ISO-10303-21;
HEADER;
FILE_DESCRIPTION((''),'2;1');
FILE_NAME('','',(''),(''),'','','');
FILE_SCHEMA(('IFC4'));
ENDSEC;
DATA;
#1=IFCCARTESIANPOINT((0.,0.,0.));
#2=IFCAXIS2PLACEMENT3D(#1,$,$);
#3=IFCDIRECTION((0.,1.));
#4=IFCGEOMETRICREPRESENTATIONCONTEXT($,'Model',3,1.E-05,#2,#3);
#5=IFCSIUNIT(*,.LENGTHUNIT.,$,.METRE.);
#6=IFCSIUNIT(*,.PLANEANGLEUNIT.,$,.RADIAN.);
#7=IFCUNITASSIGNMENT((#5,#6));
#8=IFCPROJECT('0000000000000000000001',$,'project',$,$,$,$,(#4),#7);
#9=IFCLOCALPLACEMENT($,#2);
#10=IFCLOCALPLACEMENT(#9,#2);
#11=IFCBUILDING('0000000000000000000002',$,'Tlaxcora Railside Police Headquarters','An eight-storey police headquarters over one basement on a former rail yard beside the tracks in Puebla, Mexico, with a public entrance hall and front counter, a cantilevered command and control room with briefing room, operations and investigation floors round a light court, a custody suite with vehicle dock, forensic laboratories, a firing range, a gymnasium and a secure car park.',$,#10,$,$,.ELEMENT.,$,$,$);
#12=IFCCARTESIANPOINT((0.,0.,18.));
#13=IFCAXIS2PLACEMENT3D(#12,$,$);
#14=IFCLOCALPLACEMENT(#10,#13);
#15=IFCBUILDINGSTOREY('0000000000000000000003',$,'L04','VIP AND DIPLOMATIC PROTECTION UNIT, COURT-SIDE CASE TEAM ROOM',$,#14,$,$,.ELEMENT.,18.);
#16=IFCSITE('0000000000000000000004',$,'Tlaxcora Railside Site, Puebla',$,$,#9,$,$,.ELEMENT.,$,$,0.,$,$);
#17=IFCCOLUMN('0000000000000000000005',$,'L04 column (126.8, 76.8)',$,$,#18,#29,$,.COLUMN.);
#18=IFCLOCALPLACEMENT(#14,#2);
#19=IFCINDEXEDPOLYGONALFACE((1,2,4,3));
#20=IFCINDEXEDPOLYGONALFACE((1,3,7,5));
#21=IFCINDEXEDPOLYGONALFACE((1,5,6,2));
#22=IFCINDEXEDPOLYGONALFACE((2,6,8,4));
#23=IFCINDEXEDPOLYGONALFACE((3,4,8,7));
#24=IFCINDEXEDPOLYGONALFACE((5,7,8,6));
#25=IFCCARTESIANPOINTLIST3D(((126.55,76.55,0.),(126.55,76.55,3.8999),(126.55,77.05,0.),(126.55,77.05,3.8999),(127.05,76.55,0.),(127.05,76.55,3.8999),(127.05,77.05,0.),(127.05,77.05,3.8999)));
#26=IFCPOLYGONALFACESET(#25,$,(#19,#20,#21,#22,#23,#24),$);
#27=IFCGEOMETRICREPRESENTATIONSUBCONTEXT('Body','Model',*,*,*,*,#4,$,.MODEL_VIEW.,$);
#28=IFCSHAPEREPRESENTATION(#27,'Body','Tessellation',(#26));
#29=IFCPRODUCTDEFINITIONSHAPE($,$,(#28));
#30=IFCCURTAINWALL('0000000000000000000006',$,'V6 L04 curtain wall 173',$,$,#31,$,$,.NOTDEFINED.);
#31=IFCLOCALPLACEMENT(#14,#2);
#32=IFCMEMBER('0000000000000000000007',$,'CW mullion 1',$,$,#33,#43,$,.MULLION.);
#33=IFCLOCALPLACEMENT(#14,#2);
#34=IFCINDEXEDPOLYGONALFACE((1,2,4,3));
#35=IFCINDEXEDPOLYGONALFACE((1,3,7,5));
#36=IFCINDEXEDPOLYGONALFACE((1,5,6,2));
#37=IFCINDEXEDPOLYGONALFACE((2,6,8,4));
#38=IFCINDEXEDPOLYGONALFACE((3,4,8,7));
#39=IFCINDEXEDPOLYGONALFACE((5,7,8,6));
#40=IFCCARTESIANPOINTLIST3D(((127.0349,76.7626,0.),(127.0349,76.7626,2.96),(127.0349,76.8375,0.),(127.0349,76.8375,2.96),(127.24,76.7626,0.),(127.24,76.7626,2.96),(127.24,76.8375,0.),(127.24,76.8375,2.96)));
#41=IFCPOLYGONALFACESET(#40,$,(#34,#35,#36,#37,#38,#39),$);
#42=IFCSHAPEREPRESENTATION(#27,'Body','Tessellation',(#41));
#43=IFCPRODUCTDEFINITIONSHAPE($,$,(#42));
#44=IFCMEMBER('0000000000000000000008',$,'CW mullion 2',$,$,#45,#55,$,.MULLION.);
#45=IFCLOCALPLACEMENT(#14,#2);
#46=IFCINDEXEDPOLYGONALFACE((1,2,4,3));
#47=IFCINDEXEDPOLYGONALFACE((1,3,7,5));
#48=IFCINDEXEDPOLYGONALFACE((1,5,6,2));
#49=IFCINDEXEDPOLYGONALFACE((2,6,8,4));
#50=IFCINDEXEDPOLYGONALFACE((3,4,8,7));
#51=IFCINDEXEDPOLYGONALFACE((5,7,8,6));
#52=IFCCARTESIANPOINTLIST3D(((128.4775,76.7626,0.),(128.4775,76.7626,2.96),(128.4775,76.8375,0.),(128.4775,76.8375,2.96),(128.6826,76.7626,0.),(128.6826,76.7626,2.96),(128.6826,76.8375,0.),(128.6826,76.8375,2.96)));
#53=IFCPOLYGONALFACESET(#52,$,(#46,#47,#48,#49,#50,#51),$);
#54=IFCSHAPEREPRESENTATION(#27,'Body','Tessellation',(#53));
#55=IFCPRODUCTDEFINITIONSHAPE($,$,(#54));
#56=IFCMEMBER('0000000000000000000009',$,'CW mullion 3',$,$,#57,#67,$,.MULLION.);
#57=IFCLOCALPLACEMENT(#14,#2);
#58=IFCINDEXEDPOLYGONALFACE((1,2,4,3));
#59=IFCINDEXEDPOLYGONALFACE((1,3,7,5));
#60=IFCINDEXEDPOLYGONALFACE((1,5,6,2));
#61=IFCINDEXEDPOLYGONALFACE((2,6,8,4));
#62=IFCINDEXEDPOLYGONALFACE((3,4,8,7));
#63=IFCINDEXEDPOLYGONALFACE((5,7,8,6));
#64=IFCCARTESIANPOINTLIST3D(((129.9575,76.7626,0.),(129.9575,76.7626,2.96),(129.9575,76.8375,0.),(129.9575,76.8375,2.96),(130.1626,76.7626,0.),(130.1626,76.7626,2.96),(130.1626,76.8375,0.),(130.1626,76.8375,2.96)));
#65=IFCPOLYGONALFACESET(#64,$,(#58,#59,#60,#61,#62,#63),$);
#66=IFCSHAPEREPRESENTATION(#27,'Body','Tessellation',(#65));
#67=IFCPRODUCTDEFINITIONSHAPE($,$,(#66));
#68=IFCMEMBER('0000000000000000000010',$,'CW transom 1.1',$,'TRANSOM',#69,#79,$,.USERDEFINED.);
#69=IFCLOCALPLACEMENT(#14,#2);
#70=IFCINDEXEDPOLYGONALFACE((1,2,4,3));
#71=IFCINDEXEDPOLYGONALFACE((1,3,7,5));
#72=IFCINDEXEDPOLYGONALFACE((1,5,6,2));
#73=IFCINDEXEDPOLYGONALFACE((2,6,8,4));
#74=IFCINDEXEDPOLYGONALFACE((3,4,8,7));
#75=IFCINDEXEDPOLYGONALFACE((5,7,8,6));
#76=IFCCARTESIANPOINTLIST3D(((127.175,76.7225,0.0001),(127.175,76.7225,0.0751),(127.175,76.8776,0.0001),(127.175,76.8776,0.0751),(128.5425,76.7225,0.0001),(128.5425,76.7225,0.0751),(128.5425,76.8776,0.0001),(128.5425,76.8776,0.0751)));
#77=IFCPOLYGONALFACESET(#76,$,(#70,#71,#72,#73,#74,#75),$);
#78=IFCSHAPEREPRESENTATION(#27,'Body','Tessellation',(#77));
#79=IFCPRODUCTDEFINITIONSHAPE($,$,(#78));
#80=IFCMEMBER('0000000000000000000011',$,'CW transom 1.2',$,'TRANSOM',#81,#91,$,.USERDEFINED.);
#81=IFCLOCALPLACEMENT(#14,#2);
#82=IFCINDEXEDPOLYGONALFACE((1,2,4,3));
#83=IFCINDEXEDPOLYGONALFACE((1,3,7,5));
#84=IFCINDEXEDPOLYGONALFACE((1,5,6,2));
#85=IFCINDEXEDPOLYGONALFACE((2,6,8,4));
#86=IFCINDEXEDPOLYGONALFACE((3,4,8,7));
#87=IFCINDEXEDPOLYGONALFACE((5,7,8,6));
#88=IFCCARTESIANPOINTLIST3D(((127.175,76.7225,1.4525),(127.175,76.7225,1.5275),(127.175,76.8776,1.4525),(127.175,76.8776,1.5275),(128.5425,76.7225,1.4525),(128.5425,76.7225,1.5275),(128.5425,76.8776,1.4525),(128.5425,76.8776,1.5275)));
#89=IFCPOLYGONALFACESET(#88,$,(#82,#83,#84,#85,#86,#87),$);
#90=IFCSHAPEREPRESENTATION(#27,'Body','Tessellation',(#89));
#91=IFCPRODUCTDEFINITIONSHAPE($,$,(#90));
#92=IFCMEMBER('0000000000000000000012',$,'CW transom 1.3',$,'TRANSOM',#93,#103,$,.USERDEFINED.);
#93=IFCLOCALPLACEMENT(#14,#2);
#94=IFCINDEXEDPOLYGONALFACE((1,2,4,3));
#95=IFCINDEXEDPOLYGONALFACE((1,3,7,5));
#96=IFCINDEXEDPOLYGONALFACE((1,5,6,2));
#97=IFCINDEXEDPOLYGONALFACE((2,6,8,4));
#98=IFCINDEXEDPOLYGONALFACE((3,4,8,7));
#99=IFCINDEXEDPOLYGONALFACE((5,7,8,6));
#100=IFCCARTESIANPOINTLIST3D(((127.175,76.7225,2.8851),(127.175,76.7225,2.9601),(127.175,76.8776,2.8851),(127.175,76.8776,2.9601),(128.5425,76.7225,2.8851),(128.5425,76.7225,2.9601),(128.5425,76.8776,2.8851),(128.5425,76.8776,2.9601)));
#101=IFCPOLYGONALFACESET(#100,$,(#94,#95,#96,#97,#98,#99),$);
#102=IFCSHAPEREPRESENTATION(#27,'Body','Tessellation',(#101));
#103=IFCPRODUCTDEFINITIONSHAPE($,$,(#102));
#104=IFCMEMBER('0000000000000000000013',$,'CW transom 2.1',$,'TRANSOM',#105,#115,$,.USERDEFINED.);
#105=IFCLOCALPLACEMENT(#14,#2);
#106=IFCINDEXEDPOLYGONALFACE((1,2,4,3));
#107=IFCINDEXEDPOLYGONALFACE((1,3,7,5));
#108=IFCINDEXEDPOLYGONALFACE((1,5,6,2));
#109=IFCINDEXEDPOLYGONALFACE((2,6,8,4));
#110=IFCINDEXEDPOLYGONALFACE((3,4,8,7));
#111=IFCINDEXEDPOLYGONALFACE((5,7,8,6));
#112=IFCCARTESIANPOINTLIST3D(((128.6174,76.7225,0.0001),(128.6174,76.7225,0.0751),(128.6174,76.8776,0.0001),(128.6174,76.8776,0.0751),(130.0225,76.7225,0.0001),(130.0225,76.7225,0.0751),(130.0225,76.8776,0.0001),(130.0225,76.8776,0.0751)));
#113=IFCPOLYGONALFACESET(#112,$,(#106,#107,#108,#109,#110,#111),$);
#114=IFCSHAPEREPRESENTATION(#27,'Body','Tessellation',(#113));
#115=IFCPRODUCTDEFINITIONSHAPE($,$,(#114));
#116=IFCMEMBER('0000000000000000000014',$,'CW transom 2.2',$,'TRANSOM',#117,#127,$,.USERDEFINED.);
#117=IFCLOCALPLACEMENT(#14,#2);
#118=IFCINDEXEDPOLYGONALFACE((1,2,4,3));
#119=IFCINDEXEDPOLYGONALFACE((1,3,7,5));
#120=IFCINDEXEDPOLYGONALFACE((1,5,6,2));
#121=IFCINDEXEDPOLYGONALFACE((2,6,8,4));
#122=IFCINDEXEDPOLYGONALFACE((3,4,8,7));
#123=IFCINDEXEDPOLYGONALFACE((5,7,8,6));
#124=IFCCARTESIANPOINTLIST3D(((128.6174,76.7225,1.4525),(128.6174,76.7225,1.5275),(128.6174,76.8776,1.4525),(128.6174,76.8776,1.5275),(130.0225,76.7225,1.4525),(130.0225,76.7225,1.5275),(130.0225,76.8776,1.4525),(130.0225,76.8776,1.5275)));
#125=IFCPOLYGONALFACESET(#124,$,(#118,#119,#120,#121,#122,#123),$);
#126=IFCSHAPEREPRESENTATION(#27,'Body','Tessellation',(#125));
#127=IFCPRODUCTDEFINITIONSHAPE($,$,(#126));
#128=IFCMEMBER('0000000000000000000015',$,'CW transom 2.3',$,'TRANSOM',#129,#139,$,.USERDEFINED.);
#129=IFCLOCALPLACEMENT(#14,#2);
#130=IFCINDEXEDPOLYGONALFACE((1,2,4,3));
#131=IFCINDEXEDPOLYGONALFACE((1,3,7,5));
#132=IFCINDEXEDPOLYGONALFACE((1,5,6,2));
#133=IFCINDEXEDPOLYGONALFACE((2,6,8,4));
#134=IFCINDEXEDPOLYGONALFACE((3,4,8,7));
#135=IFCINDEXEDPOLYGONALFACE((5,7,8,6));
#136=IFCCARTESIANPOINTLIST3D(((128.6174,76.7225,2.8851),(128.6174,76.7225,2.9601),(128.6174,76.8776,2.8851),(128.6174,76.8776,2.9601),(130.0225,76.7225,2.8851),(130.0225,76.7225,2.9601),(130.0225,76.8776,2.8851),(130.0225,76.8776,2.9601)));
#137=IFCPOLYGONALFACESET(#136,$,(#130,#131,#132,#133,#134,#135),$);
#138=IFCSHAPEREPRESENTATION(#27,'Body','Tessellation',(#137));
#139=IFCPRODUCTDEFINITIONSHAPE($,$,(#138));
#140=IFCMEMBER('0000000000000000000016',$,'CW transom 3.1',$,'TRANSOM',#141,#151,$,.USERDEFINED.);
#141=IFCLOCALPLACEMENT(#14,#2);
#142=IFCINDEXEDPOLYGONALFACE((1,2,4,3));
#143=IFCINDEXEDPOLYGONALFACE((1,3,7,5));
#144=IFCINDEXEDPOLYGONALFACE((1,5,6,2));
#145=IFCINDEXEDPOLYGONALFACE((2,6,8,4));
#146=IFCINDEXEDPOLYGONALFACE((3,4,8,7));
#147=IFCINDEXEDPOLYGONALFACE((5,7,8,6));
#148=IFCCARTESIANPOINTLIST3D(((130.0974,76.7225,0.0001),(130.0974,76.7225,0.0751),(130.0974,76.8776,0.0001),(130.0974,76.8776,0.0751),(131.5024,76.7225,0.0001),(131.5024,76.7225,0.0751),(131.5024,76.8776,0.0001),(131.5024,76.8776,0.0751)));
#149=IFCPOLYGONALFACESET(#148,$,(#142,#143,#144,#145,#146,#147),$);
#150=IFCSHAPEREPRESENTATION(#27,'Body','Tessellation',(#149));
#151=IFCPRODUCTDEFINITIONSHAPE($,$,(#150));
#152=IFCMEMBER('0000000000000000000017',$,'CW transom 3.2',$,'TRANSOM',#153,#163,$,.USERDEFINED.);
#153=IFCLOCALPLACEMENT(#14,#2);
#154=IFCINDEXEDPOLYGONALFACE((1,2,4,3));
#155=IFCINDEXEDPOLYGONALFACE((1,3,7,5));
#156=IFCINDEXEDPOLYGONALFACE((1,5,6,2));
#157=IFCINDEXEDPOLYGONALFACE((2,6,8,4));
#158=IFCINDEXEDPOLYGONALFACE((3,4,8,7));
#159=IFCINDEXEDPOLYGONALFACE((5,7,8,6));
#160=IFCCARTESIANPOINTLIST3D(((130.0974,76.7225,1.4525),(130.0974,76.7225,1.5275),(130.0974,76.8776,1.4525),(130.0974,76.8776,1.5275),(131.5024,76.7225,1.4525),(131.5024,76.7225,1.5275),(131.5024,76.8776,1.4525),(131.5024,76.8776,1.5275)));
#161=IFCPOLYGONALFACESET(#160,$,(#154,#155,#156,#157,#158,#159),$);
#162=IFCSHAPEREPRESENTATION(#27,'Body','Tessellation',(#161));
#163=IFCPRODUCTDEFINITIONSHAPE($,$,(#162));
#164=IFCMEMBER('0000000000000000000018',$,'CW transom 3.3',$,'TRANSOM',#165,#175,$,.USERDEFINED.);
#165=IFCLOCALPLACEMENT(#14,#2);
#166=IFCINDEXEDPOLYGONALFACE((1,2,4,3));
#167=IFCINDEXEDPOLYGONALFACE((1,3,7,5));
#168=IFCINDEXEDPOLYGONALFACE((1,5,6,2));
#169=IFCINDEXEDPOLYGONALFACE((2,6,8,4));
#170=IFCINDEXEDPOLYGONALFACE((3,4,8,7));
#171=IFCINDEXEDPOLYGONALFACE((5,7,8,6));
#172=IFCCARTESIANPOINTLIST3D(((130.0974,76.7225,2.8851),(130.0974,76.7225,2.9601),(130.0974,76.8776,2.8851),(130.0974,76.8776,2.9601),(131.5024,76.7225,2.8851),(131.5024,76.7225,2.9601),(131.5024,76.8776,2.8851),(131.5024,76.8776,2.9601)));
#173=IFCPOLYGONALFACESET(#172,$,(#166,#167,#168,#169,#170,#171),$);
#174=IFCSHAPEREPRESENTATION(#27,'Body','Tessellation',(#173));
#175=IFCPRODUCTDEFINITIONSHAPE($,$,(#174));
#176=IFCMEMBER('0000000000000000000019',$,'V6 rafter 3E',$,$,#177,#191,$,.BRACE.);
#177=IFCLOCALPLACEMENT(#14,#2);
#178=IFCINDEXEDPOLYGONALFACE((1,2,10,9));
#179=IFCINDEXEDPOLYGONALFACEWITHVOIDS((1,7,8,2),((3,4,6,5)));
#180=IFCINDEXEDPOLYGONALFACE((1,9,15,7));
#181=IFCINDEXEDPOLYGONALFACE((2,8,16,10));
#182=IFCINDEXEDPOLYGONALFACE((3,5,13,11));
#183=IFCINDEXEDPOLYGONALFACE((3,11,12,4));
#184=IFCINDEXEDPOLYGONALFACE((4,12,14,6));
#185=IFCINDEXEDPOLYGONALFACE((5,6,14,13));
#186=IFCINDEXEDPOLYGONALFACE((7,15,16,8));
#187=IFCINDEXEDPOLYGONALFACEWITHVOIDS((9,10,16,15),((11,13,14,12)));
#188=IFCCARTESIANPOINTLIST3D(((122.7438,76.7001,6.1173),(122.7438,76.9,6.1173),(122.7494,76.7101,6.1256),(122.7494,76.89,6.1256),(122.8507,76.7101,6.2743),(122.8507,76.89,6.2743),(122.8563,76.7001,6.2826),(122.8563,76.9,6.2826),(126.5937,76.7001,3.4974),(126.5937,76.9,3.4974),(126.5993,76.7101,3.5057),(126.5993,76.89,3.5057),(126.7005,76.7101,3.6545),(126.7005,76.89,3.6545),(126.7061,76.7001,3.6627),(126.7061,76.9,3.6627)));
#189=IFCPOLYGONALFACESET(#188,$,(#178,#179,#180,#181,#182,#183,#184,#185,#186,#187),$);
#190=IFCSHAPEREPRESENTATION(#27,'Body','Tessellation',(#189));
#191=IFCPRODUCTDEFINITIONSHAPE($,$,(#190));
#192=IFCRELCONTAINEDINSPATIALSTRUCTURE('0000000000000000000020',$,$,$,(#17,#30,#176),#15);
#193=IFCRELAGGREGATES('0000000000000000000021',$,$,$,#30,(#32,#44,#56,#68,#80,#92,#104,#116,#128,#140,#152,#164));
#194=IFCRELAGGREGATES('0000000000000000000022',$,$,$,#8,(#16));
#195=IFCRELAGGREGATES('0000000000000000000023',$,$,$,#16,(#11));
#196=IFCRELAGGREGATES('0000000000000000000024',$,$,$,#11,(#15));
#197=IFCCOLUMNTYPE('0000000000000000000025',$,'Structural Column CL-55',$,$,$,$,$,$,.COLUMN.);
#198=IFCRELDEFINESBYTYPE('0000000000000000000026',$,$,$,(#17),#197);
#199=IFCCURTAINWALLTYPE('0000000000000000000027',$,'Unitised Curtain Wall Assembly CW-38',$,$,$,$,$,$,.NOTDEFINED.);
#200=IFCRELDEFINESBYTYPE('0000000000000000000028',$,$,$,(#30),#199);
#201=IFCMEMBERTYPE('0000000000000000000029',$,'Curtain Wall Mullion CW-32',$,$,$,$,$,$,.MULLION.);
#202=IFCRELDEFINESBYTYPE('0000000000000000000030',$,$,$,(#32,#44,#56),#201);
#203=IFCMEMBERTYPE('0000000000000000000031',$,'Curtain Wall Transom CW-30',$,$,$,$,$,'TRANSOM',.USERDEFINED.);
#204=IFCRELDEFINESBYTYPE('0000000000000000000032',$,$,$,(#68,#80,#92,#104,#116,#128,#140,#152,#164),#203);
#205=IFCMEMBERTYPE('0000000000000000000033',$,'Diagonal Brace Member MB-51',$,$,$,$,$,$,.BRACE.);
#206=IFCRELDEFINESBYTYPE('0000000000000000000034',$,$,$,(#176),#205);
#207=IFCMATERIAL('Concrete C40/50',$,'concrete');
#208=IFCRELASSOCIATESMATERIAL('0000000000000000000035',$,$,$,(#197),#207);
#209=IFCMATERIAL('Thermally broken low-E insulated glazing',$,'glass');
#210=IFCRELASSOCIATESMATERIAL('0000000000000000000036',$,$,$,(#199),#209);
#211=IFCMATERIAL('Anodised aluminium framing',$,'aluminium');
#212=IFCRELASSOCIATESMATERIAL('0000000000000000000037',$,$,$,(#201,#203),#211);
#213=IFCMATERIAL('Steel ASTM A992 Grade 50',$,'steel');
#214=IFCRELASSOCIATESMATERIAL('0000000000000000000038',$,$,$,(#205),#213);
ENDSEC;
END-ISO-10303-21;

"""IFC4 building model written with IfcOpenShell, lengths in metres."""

from ifc_helpers import new_model, si_unit, direction, frame, origin, origin_2d, place, context, subcontext, project, spatial, rectangle, hollow_rectangle, extrude, material, material_profile, profile_set, type_object, element, aggregate, save


model = new_model("IFC4")

# Units and contexts
model_context = context("Model", 3, precision=1e-05, world=origin(), true_north=direction((0.0, 1.0)))
body_context = subcontext(model_context, "Body", "Model", "MODEL_VIEW")
ifc_project = project(units=[si_unit("LENGTHUNIT", "METRE"), si_unit("PLANEANGLEUNIT", "RADIAN")], contexts=[model_context])

# Site, building, storey
site_placement = place(None, origin())
site = spatial("IfcSite", under=ifc_project, at=site_placement, Name="Tlaxcora Railside Site, Puebla", CompositionType="ELEMENT", RefElevation=0.0)
building_placement = place(site_placement, origin())
building = spatial("IfcBuilding", under=site, at=building_placement, Name="Tlaxcora Railside Police Headquarters", Description="An eight-storey police headquarters over one basement on a former rail yard beside the tracks in Puebla, Mexico, with a public entrance hall and front counter, a cantilevered command and control room with briefing room, operations and investigation floors round a light court, a custody suite with vehicle dock, forensic laboratories, a firing range, a gymnasium and a secure car park.", CompositionType="ELEMENT")
storey_placement = place(building_placement, frame((0.0, 0.0, 18.0)))
storey = spatial("IfcBuildingStorey", under=building, at=storey_placement, Name="L04", Description="VIP AND DIPLOMATIC PROTECTION UNIT, COURT-SIDE CASE TEAM ROOM", CompositionType="ELEMENT", Elevation=18.0)

# Column
ifc_material_1 = material(Name="Concrete C40/50", Category="concrete")
ifc_material_profile_1 = material_profile(ifc_material_1, rectangle(XDim=0.5, YDim=0.5, at=origin_2d()), Name="RC500X500")
ifc_profile_set_1 = profile_set([ifc_material_profile_1], Name="Concrete C40/50")
column_type = type_object("IfcColumnType", Name="Structural Column CL-55", PredefinedType="COLUMN", material=ifc_profile_set_1)
column_placement = place(storey_placement, frame((126.8, 76.8, 0.0), z_axis=(0.0, 0.0, 1.0), x_axis=(1.0, 0.0, 0.0)))
element("IfcColumn", 1, at=column_placement, inside=storey, type_object=column_type, Name="L04 column (126.8, 76.8)", PredefinedType="COLUMN", context=body_context, shape_type="SweptSolid", body=[
    extrude(rectangle(XDim=0.5, YDim=0.5, at=origin_2d()), origin(), (0.0, 0.0, 1.0), 3.8999),
])

# Curtain wall, members
ifc_material_2 = material(Name="Thermally broken low-E insulated glazing", Category="glass")
curtain_wall_type = type_object("IfcCurtainWallType", Name="Unitised Curtain Wall Assembly CW-38", PredefinedType="NOTDEFINED", material=ifc_material_2)
curtain_wall_placement = place(storey_placement, origin())
curtain_wall = element("IfcCurtainWall", 2, at=curtain_wall_placement, inside=storey, type_object=curtain_wall_type, Name="V6 L04 curtain wall 173", PredefinedType="NOTDEFINED")
ifc_material_3 = material(Name="Anodised aluminium framing", Category="aluminium")
ifc_material_profile_2 = material_profile(ifc_material_3, rectangle(XDim=0.075, YDim=0.2051, at=origin_2d()), Name="AL75X205")
ifc_profile_set_2 = profile_set([ifc_material_profile_2], Name="Anodised aluminium framing")
member_type_1 = type_object("IfcMemberType", Name="Curtain Wall Mullion CW-32", PredefinedType="MULLION", material=ifc_profile_set_2)
member_1_placement = place(storey_placement, frame((127.1375, 76.8, 0.0), z_axis=(0.0, 0.0, 1.0), x_axis=(0.0, 1.0, 0.0)))
member_1 = element("IfcMember", 3, at=member_1_placement, type_object=member_type_1, Name="CW mullion 1", PredefinedType="MULLION", context=body_context, shape_type="SweptSolid", body=[
    extrude(rectangle(XDim=0.075, YDim=0.2051, at=origin_2d()), origin(), (0.0, 0.0, 1.0), 2.96),
])
member_2_placement = place(storey_placement, frame((128.5801, 76.8, 0.0), z_axis=(0.0, 0.0, 1.0), x_axis=(0.0, 1.0, 0.0)))
member_2 = element("IfcMember", 4, at=member_2_placement, type_object=member_type_1, Name="CW mullion 2", PredefinedType="MULLION", context=body_context, shape_type="SweptSolid", body=[
    extrude(rectangle(XDim=0.075, YDim=0.2051, at=origin_2d()), origin(), (0.0, 0.0, 1.0), 2.96),
])
member_3_placement = place(storey_placement, frame((130.0601, 76.8, 0.0), z_axis=(0.0, 0.0, 1.0), x_axis=(0.0, 1.0, 0.0)))
member_3 = element("IfcMember", 5, at=member_3_placement, type_object=member_type_1, Name="CW mullion 3", PredefinedType="MULLION", context=body_context, shape_type="SweptSolid", body=[
    extrude(rectangle(XDim=0.075, YDim=0.2051, at=origin_2d()), origin(), (0.0, 0.0, 1.0), 2.96),
])
ifc_material_profile_3 = material_profile(ifc_material_3, rectangle(XDim=0.155, YDim=0.075, at=origin_2d()), Name="AL75X155")
ifc_profile_set_3 = profile_set([ifc_material_profile_3], Name="Anodised aluminium framing")
member_type_2 = type_object("IfcMemberType", Name="Curtain Wall Transom CW-30", ElementType="TRANSOM", PredefinedType="USERDEFINED", material=ifc_profile_set_3)
member_4_placement = place(storey_placement, frame((127.175, 76.8, 0.0376), z_axis=(1.0, 0.0, 0.0), x_axis=(0.0, 1.0, 0.0)))
member_4 = element("IfcMember", 6, at=member_4_placement, type_object=member_type_2, Name="CW transom 1.1", ObjectType="TRANSOM", PredefinedType="USERDEFINED", context=body_context, shape_type="SweptSolid", body=[
    extrude(rectangle(XDim=0.155, YDim=0.075, at=origin_2d()), origin(), (0.0, 0.0, 1.0), 1.3674),
])
member_5_placement = place(storey_placement, frame((127.175, 76.8, 1.49), z_axis=(1.0, 0.0, 0.0), x_axis=(0.0, 1.0, 0.0)))
member_5 = element("IfcMember", 7, at=member_5_placement, type_object=member_type_2, Name="CW transom 1.2", ObjectType="TRANSOM", PredefinedType="USERDEFINED", context=body_context, shape_type="SweptSolid", body=[
    extrude(rectangle(XDim=0.155, YDim=0.075, at=origin_2d()), origin(), (0.0, 0.0, 1.0), 1.3674),
])
member_6_placement = place(storey_placement, frame((127.175, 76.8, 2.9226), z_axis=(1.0, 0.0, 0.0), x_axis=(0.0, 1.0, 0.0)))
member_6 = element("IfcMember", 8, at=member_6_placement, type_object=member_type_2, Name="CW transom 1.3", ObjectType="TRANSOM", PredefinedType="USERDEFINED", context=body_context, shape_type="SweptSolid", body=[
    extrude(rectangle(XDim=0.155, YDim=0.075, at=origin_2d()), origin(), (0.0, 0.0, 1.0), 1.3674),
])
member_7_placement = place(storey_placement, frame((128.6174, 76.8, 0.0376), z_axis=(1.0, 0.0, 0.0), x_axis=(0.0, 1.0, 0.0)))
member_7 = element("IfcMember", 9, at=member_7_placement, type_object=member_type_2, Name="CW transom 2.1", ObjectType="TRANSOM", PredefinedType="USERDEFINED", context=body_context, shape_type="SweptSolid", body=[
    extrude(rectangle(XDim=0.155, YDim=0.075, at=origin_2d()), origin(), (0.0, 0.0, 1.0), 1.405),
])
member_8_placement = place(storey_placement, frame((128.6174, 76.8, 1.49), z_axis=(1.0, 0.0, 0.0), x_axis=(0.0, 1.0, 0.0)))
member_8 = element("IfcMember", 10, at=member_8_placement, type_object=member_type_2, Name="CW transom 2.2", ObjectType="TRANSOM", PredefinedType="USERDEFINED", context=body_context, shape_type="SweptSolid", body=[
    extrude(rectangle(XDim=0.155, YDim=0.075, at=origin_2d()), origin(), (0.0, 0.0, 1.0), 1.405),
])
member_9_placement = place(storey_placement, frame((128.6174, 76.8, 2.9226), z_axis=(1.0, 0.0, 0.0), x_axis=(0.0, 1.0, 0.0)))
member_9 = element("IfcMember", 11, at=member_9_placement, type_object=member_type_2, Name="CW transom 2.3", ObjectType="TRANSOM", PredefinedType="USERDEFINED", context=body_context, shape_type="SweptSolid", body=[
    extrude(rectangle(XDim=0.155, YDim=0.075, at=origin_2d()), origin(), (0.0, 0.0, 1.0), 1.405),
])
member_10_placement = place(storey_placement, frame((130.0974, 76.8, 0.0376), z_axis=(1.0, 0.0, 0.0), x_axis=(0.0, 1.0, 0.0)))
member_10 = element("IfcMember", 12, at=member_10_placement, type_object=member_type_2, Name="CW transom 3.1", ObjectType="TRANSOM", PredefinedType="USERDEFINED", context=body_context, shape_type="SweptSolid", body=[
    extrude(rectangle(XDim=0.155, YDim=0.075, at=origin_2d()), origin(), (0.0, 0.0, 1.0), 1.405),
])
member_11_placement = place(storey_placement, frame((130.0974, 76.8, 1.49), z_axis=(1.0, 0.0, 0.0), x_axis=(0.0, 1.0, 0.0)))
member_11 = element("IfcMember", 13, at=member_11_placement, type_object=member_type_2, Name="CW transom 3.2", ObjectType="TRANSOM", PredefinedType="USERDEFINED", context=body_context, shape_type="SweptSolid", body=[
    extrude(rectangle(XDim=0.155, YDim=0.075, at=origin_2d()), origin(), (0.0, 0.0, 1.0), 1.405),
])
member_12_placement = place(storey_placement, frame((130.0974, 76.8, 2.9226), z_axis=(1.0, 0.0, 0.0), x_axis=(0.0, 1.0, 0.0)))
member_12 = element("IfcMember", 14, at=member_12_placement, type_object=member_type_2, Name="CW transom 3.3", ObjectType="TRANSOM", PredefinedType="USERDEFINED", context=body_context, shape_type="SweptSolid", body=[
    extrude(rectangle(XDim=0.155, YDim=0.075, at=origin_2d()), origin(), (0.0, 0.0, 1.0), 1.405),
])

# Member
ifc_material_4 = material(Name="Steel ASTM A992 Grade 50", Category="steel")
ifc_material_profile_4 = material_profile(ifc_material_4, hollow_rectangle(XDim=0.2, YDim=0.2, WallThickness=0.01, at=origin_2d()), Name="HSS200X200X10")
ifc_profile_set_4 = profile_set([ifc_material_profile_4], Name="Steel ASTM A992 Grade 50")
member_type_3 = type_object("IfcMemberType", Name="Diagonal Brace Member MB-51", PredefinedType="BRACE", material=ifc_profile_set_4)
member_13_placement = place(storey_placement, frame((126.6499, 76.8, 3.5801), z_axis=(-0.826729, 0.0, 0.5626), x_axis=(0.0, -1.0, 0.0)))
element("IfcMember", 15, at=member_13_placement, inside=storey, type_object=member_type_3, Name="V6 rafter 3E", PredefinedType="BRACE", context=body_context, shape_type="SweptSolid", body=[
    extrude(hollow_rectangle(XDim=0.2, YDim=0.2, WallThickness=0.01, at=origin_2d()), origin(), (0.0, 0.0, 1.0), 4.6567),
])

aggregate(curtain_wall, [member_1, member_2, member_3, member_4, member_5, member_6, member_7, member_8, member_9, member_10, member_11, member_12])

save(model, "model.ifc")
